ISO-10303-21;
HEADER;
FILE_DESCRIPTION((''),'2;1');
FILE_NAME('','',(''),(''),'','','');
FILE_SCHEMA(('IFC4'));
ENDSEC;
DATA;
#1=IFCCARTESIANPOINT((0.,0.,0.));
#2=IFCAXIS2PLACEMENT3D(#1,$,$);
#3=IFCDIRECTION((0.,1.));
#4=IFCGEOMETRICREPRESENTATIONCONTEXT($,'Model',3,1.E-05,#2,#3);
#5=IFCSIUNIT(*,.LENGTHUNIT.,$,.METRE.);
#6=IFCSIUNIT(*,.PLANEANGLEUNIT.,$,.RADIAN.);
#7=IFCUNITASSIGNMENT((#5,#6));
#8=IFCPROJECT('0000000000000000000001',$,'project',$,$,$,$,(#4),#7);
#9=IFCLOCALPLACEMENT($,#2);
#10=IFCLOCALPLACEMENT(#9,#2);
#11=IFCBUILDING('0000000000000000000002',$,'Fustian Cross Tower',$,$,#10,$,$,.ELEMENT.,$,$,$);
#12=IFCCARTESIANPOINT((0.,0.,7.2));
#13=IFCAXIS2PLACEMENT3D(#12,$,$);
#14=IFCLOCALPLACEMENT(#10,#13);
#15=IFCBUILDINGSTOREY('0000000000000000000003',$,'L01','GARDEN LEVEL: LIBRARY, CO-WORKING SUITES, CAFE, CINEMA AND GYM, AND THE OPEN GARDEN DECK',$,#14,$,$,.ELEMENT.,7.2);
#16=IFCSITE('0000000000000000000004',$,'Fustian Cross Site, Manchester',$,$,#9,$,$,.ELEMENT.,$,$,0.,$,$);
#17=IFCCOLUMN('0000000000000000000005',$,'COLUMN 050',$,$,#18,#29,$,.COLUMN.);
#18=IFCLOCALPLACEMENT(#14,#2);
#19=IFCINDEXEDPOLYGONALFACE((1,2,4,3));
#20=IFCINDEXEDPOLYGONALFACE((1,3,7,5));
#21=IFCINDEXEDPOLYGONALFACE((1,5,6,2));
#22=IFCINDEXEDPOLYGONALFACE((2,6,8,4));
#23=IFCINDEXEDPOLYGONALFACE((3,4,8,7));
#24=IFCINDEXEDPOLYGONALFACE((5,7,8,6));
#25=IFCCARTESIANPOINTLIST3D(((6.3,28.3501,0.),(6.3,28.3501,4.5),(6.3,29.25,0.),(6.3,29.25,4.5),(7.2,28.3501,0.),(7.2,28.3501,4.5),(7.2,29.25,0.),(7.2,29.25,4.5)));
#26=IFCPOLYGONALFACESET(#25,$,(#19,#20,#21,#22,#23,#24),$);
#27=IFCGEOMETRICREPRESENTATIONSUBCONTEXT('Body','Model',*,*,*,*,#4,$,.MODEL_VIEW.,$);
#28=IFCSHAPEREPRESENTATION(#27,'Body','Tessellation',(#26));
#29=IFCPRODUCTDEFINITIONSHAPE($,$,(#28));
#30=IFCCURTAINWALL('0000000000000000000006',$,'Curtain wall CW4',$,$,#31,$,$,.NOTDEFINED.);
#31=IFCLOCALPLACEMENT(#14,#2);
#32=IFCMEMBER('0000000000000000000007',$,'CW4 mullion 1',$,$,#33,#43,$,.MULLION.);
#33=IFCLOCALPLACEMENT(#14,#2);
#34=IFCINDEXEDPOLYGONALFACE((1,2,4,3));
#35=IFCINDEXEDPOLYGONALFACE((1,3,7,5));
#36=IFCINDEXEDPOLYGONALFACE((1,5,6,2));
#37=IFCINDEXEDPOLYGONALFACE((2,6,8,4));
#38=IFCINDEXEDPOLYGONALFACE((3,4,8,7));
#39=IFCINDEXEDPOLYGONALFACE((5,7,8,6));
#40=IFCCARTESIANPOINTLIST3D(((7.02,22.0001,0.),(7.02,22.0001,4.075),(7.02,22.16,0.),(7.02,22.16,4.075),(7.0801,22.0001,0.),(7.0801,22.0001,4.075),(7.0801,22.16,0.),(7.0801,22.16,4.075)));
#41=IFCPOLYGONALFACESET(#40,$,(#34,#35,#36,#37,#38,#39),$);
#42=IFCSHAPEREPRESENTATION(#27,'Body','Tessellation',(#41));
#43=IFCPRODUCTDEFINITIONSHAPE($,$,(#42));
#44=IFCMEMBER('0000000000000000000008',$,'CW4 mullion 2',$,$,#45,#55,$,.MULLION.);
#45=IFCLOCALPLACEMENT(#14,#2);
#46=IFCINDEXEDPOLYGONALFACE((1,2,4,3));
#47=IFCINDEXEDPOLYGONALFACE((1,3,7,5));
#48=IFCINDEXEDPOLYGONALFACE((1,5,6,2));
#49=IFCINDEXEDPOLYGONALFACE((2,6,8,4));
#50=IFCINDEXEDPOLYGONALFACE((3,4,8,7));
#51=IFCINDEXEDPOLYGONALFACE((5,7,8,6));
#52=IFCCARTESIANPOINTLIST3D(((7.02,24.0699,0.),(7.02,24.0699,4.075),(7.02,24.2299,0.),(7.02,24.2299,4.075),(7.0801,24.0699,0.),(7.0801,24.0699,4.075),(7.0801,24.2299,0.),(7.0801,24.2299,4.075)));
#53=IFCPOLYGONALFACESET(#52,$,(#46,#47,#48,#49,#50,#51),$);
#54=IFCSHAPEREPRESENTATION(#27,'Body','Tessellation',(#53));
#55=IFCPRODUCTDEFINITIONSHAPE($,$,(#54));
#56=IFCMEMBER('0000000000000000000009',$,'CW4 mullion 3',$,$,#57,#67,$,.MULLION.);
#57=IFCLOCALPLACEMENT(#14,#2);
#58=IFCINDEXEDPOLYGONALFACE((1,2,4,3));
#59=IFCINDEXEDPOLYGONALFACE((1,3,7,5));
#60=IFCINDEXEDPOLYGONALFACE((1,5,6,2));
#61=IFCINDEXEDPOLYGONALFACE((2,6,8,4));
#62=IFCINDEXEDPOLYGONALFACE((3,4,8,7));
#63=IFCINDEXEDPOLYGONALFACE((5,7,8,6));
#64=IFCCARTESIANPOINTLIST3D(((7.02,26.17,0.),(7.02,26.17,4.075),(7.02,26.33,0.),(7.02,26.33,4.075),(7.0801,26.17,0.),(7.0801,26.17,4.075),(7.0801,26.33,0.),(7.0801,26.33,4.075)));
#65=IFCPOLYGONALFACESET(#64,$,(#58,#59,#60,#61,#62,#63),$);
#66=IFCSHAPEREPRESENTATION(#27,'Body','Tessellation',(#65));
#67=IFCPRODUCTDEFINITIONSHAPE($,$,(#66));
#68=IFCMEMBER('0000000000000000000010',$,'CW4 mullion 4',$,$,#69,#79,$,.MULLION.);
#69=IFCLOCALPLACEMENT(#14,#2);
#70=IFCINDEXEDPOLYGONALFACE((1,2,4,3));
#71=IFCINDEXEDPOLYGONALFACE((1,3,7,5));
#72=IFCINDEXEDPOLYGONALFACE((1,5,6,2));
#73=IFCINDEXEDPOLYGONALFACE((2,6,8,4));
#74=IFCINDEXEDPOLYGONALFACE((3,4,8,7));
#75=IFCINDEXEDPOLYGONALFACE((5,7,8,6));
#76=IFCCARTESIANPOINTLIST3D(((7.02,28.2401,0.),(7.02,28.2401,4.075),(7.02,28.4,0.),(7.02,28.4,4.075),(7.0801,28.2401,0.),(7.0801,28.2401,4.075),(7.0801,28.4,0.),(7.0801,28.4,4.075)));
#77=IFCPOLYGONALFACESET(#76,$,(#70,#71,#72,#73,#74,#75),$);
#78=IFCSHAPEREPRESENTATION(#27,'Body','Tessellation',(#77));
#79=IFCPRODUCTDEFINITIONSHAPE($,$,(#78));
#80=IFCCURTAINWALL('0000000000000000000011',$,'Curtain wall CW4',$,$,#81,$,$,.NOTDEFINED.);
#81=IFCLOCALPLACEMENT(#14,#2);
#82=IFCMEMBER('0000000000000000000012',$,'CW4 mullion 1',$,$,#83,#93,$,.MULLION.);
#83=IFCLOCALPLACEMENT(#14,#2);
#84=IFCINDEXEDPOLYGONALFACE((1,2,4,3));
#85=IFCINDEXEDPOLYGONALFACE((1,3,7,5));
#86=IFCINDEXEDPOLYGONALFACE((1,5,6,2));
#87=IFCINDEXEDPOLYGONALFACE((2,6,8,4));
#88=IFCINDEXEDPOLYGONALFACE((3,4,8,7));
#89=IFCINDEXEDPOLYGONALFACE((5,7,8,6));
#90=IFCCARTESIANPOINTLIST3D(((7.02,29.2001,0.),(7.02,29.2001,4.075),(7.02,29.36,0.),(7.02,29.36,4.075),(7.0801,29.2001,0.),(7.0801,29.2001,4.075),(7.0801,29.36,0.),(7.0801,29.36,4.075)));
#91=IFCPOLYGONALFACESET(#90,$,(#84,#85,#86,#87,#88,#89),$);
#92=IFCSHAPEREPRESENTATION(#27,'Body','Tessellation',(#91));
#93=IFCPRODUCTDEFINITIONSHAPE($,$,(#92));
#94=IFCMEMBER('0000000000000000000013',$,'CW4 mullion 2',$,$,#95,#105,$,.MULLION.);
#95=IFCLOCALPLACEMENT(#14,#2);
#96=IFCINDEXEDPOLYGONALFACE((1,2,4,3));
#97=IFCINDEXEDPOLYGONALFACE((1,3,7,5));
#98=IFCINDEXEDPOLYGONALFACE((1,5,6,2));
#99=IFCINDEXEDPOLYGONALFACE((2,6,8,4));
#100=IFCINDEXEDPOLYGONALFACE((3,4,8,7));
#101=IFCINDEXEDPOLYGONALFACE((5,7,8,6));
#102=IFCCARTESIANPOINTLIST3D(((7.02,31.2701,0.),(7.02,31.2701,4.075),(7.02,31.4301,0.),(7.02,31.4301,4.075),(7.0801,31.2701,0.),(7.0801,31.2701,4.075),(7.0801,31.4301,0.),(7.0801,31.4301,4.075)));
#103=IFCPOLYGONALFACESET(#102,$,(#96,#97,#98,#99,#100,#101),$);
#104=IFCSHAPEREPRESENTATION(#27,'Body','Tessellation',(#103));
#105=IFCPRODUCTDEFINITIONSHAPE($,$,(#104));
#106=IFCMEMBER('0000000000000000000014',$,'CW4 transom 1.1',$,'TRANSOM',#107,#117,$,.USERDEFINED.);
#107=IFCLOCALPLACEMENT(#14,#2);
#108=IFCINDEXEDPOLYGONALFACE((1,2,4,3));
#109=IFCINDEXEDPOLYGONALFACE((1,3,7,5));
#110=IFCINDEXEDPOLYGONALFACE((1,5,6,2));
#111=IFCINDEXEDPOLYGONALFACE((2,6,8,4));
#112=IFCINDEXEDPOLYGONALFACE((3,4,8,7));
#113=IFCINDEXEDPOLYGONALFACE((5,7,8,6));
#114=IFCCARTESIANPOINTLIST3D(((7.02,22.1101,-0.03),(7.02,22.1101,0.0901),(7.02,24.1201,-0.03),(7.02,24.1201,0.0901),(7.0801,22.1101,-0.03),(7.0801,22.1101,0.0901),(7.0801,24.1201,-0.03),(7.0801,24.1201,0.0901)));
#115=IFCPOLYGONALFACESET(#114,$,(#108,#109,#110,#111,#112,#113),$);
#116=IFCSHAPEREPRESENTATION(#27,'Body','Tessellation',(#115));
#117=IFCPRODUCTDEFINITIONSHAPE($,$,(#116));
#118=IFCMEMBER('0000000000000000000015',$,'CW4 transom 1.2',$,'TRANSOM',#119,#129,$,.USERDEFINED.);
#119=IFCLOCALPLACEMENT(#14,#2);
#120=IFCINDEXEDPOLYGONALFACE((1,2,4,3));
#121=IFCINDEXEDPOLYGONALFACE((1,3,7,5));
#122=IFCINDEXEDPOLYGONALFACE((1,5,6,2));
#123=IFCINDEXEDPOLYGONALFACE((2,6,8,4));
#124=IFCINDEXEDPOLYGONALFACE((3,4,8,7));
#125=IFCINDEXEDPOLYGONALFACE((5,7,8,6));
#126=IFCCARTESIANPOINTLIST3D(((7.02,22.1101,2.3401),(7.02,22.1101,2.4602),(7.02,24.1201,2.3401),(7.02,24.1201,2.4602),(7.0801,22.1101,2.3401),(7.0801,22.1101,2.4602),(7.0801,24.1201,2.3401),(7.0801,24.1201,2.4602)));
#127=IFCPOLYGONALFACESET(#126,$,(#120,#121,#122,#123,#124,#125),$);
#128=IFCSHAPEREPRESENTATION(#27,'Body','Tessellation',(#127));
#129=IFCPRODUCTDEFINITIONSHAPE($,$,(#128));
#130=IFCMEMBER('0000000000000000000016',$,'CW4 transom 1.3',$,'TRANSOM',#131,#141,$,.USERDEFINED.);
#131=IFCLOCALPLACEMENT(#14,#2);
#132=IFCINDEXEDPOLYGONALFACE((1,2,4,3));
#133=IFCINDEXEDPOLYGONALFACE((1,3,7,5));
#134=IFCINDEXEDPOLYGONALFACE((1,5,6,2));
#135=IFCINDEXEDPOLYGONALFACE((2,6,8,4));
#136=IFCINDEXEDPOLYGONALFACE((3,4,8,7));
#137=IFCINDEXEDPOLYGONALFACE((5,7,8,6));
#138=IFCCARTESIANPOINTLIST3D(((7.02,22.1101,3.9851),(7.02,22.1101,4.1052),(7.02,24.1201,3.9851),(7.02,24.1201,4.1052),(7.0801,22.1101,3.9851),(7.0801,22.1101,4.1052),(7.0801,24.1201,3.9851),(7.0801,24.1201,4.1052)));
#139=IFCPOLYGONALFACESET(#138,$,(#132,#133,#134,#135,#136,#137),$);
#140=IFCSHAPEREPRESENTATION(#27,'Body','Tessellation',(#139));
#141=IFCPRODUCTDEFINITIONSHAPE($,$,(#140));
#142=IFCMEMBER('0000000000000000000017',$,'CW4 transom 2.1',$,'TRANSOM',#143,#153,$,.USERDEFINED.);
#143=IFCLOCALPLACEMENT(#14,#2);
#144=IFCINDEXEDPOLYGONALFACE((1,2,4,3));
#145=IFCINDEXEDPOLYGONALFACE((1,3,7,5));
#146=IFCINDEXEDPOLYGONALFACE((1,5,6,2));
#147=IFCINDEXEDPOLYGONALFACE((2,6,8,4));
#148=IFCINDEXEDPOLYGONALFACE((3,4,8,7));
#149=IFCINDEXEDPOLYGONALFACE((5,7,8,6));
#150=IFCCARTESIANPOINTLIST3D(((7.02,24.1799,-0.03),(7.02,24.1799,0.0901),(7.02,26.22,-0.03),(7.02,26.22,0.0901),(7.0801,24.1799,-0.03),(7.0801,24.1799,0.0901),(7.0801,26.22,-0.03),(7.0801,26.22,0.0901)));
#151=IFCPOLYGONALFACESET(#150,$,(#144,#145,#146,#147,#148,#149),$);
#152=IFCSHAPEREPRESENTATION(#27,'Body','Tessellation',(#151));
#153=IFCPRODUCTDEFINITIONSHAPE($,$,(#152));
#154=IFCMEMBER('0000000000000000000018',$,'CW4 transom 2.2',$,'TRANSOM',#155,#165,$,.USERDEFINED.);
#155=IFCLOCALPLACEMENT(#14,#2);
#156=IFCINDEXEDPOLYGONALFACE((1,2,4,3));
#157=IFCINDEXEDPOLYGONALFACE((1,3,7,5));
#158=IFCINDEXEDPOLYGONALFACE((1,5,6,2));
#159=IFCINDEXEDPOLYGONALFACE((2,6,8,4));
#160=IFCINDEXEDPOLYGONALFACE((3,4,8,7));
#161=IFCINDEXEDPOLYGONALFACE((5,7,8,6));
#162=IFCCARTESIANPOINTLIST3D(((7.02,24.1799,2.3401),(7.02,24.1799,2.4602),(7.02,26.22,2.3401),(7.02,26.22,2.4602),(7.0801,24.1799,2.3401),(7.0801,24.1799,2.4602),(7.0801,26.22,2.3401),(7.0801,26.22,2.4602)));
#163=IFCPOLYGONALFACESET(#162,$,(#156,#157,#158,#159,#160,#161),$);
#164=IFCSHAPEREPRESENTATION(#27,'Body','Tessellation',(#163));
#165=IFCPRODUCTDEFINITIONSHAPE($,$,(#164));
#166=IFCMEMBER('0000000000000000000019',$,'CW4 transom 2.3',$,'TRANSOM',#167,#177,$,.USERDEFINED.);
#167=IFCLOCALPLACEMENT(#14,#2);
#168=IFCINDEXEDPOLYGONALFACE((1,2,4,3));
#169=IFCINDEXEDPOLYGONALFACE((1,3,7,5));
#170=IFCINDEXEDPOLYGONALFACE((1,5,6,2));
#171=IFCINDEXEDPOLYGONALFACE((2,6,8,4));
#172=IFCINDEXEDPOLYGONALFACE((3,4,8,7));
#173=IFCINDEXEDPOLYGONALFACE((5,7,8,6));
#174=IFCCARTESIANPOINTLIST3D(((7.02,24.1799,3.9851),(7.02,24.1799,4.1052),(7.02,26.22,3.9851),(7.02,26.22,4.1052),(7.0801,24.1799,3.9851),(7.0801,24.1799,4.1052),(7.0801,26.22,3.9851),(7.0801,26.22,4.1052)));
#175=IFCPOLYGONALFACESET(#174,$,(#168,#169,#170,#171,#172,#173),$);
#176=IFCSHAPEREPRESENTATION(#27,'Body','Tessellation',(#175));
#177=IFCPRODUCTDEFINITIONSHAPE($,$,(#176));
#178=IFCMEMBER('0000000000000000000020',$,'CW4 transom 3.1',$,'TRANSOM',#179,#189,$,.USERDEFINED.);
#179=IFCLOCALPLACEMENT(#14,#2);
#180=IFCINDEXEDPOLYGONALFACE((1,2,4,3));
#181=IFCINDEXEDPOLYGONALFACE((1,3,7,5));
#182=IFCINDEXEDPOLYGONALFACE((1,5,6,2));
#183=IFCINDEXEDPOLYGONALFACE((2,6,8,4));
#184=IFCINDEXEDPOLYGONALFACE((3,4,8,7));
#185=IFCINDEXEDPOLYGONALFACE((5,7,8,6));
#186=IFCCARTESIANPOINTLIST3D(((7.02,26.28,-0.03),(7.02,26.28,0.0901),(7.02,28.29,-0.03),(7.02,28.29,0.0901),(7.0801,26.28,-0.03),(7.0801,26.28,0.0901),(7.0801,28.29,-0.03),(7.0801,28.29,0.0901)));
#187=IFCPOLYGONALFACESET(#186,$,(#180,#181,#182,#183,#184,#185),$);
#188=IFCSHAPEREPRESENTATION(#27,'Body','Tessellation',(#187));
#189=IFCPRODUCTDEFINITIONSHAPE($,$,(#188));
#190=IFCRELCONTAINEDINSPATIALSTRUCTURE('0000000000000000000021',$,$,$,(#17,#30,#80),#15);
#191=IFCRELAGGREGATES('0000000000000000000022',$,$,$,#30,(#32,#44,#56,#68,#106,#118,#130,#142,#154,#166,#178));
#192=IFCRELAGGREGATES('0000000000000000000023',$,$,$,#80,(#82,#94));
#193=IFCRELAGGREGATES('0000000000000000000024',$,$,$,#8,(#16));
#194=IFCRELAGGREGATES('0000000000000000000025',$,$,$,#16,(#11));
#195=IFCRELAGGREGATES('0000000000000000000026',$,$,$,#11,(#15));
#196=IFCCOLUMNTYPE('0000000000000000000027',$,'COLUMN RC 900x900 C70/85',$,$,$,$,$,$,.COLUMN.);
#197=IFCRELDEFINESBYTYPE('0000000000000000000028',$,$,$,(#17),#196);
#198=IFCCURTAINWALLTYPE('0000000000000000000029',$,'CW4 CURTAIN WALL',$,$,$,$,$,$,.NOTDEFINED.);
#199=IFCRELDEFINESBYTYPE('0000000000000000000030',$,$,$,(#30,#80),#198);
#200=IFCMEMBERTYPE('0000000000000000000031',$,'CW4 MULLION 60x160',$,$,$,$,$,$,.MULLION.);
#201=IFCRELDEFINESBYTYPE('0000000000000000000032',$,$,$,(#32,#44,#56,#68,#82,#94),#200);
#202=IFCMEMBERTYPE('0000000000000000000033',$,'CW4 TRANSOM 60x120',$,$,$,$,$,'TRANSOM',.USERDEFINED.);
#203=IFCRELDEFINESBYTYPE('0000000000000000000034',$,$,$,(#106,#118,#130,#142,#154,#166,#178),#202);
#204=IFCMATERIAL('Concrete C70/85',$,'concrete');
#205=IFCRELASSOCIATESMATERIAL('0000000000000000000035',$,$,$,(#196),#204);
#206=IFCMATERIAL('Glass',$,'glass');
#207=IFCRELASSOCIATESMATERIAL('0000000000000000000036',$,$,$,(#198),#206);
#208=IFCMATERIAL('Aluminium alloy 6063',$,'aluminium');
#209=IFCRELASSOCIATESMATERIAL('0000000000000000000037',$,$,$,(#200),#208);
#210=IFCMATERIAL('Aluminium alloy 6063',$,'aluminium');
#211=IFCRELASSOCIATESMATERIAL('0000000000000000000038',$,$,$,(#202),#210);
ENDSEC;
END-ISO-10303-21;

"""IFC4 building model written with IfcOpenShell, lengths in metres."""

from ifc_helpers import new_model, si_unit, direction, frame, origin, origin_2d, place, context, subcontext, project, spatial, rectangle, extrude, material, material_profile, profile_set, type_object, element, aggregate, save


model = new_model("IFC4")

# Units and contexts
model_context = context("Model", 3, precision=1e-05, world=origin(), true_north=direction((0.0, 1.0)))
body_context = subcontext(model_context, "Body", "Model", "MODEL_VIEW")
ifc_project = project(units=[si_unit("LENGTHUNIT", "METRE"), si_unit("PLANEANGLEUNIT", "RADIAN")], contexts=[model_context])

# Site, building, storey
site_placement = place(None, origin())
site = spatial("IfcSite", under=ifc_project, at=site_placement, Name="Fustian Cross Site, Manchester", CompositionType="ELEMENT", RefElevation=0.0)
building_placement = place(site_placement, origin())
building = spatial("IfcBuilding", under=site, at=building_placement, Name="Fustian Cross Tower", CompositionType="ELEMENT")
storey_placement = place(building_placement, frame((0.0, 0.0, 7.2)))
storey = spatial("IfcBuildingStorey", under=building, at=storey_placement, Name="L01", Description="GARDEN LEVEL: LIBRARY, CO-WORKING SUITES, CAFE, CINEMA AND GYM, AND THE OPEN GARDEN DECK", CompositionType="ELEMENT", Elevation=7.2)

# Column
ifc_material_1 = material(Name="Concrete C70/85", Category="concrete")
ifc_material_profile_1 = material_profile(ifc_material_1, rectangle(XDim=0.8999, YDim=0.8999, at=origin_2d()), Name="RC 900x900")
ifc_profile_set_1 = profile_set([ifc_material_profile_1], Name="Concrete C70/85")
column_type = type_object("IfcColumnType", Name="COLUMN RC 900x900 C70/85", PredefinedType="COLUMN", material=ifc_profile_set_1)
column_placement = place(storey_placement, frame((6.75, 28.8, 0.0), z_axis=(0.0, 0.0, 1.0), x_axis=(1.0, 0.0, 0.0)))
element("IfcColumn", 1, at=column_placement, inside=storey, type_object=column_type, Name="COLUMN 050", PredefinedType="COLUMN", context=body_context, shape_type="SweptSolid", body=[
    extrude(rectangle(XDim=0.8999, YDim=0.8999, at=origin_2d()), origin(), (0.0, 0.0, 1.0), 4.5),
])

# Curtain walls, members
ifc_material_2 = material(Name="Glass", Category="glass")
curtain_wall_type = type_object("IfcCurtainWallType", Name="CW4 CURTAIN WALL", PredefinedType="NOTDEFINED", material=ifc_material_2)
curtain_wall_1_placement = place(storey_placement, origin())
curtain_wall_1 = element("IfcCurtainWall", 2, at=curtain_wall_1_placement, inside=storey, type_object=curtain_wall_type, Name="Curtain wall CW4", PredefinedType="NOTDEFINED")
ifc_material_3 = material(Name="Aluminium alloy 6063", Category="aluminium")
ifc_material_profile_2 = material_profile(ifc_material_3, rectangle(XDim=0.0601, YDim=0.1599, at=origin_2d()), Name="CW4 MULLION 60x160")
ifc_profile_set_2 = profile_set([ifc_material_profile_2], Name="Aluminium alloy 6063")
member_type_1 = type_object("IfcMemberType", Name="CW4 MULLION 60x160", PredefinedType="MULLION", material=ifc_profile_set_2)
member_1_placement = place(storey_placement, frame((7.05, 22.0801, 0.0), z_axis=(0.0, 0.0, 1.0), x_axis=(-1.0, 0.0, 0.0)))
member_1 = element("IfcMember", 3, at=member_1_placement, type_object=member_type_1, Name="CW4 mullion 1", PredefinedType="MULLION", context=body_context, shape_type="SweptSolid", body=[
    extrude(rectangle(XDim=0.0601, YDim=0.1599, at=origin_2d()), origin(), (0.0, 0.0, 1.0), 4.075),
])
member_2_placement = place(storey_placement, frame((7.05, 24.1499, 0.0), z_axis=(0.0, 0.0, 1.0), x_axis=(-1.0, 0.0, 0.0)))
member_2 = element("IfcMember", 4, at=member_2_placement, type_object=member_type_1, Name="CW4 mullion 2", PredefinedType="MULLION", context=body_context, shape_type="SweptSolid", body=[
    extrude(rectangle(XDim=0.0601, YDim=0.1599, at=origin_2d()), origin(), (0.0, 0.0, 1.0), 4.075),
])
member_3_placement = place(storey_placement, frame((7.05, 26.25, 0.0), z_axis=(0.0, 0.0, 1.0), x_axis=(-1.0, 0.0, 0.0)))
member_3 = element("IfcMember", 5, at=member_3_placement, type_object=member_type_1, Name="CW4 mullion 3", PredefinedType="MULLION", context=body_context, shape_type="SweptSolid", body=[
    extrude(rectangle(XDim=0.0601, YDim=0.1599, at=origin_2d()), origin(), (0.0, 0.0, 1.0), 4.075),
])
member_4_placement = place(storey_placement, frame((7.05, 28.3201, 0.0), z_axis=(0.0, 0.0, 1.0), x_axis=(-1.0, 0.0, 0.0)))
member_4 = element("IfcMember", 6, at=member_4_placement, type_object=member_type_1, Name="CW4 mullion 4", PredefinedType="MULLION", context=body_context, shape_type="SweptSolid", body=[
    extrude(rectangle(XDim=0.0601, YDim=0.1599, at=origin_2d()), origin(), (0.0, 0.0, 1.0), 4.075),
])
curtain_wall_2_placement = place(storey_placement, origin())
curtain_wall_2 = element("IfcCurtainWall", 7, at=curtain_wall_2_placement, inside=storey, type_object=curtain_wall_type, Name="Curtain wall CW4", PredefinedType="NOTDEFINED")
member_5_placement = place(storey_placement, frame((7.05, 29.28, 0.0), z_axis=(0.0, 0.0, 1.0), x_axis=(-1.0, 0.0, 0.0)))
member_5 = element("IfcMember", 8, at=member_5_placement, type_object=member_type_1, Name="CW4 mullion 1", PredefinedType="MULLION", context=body_context, shape_type="SweptSolid", body=[
    extrude(rectangle(XDim=0.0601, YDim=0.1599, at=origin_2d()), origin(), (0.0, 0.0, 1.0), 4.075),
])
member_6_placement = place(storey_placement, frame((7.05, 31.3501, 0.0), z_axis=(0.0, 0.0, 1.0), x_axis=(-1.0, 0.0, 0.0)))
member_6 = element("IfcMember", 9, at=member_6_placement, type_object=member_type_1, Name="CW4 mullion 2", PredefinedType="MULLION", context=body_context, shape_type="SweptSolid", body=[
    extrude(rectangle(XDim=0.0601, YDim=0.1599, at=origin_2d()), origin(), (0.0, 0.0, 1.0), 4.075),
])

# Members
ifc_material_4 = material(Name="Aluminium alloy 6063", Category="aluminium")
ifc_material_profile_3 = material_profile(ifc_material_4, rectangle(XDim=0.0601, YDim=0.1201, at=origin_2d()), Name="CW4 TRANSOM 60x120")
ifc_profile_set_3 = profile_set([ifc_material_profile_3], Name="Aluminium alloy 6063")
member_type_2 = type_object("IfcMemberType", Name="CW4 TRANSOM 60x120", ElementType="TRANSOM", PredefinedType="USERDEFINED", material=ifc_profile_set_3)
member_7_placement = place(storey_placement, frame((7.05, 22.1101, 0.03), z_axis=(0.0, 1.0, 0.0), x_axis=(-1.0, 0.0, 0.0)))
member_7 = element("IfcMember", 10, at=member_7_placement, type_object=member_type_2, Name="CW4 transom 1.1", ObjectType="TRANSOM", PredefinedType="USERDEFINED", context=body_context, shape_type="SweptSolid", body=[
    extrude(rectangle(XDim=0.0601, YDim=0.1201, at=origin_2d()), origin(), (0.0, 0.0, 1.0), 2.01),
])
member_8_placement = place(storey_placement, frame((7.05, 22.1101, 2.4001), z_axis=(0.0, 1.0, 0.0), x_axis=(-1.0, 0.0, 0.0)))
member_8 = element("IfcMember", 11, at=member_8_placement, type_object=member_type_2, Name="CW4 transom 1.2", ObjectType="TRANSOM", PredefinedType="USERDEFINED", context=body_context, shape_type="SweptSolid", body=[
    extrude(rectangle(XDim=0.0601, YDim=0.1201, at=origin_2d()), origin(), (0.0, 0.0, 1.0), 2.01),
])
member_9_placement = place(storey_placement, frame((7.05, 22.1101, 4.0452), z_axis=(0.0, 1.0, 0.0), x_axis=(-1.0, 0.0, 0.0)))
member_9 = element("IfcMember", 12, at=member_9_placement, type_object=member_type_2, Name="CW4 transom 1.3", ObjectType="TRANSOM", PredefinedType="USERDEFINED", context=body_context, shape_type="SweptSolid", body=[
    extrude(rectangle(XDim=0.0601, YDim=0.1201, at=origin_2d()), origin(), (0.0, 0.0, 1.0), 2.01),
])
member_10_placement = place(storey_placement, frame((7.05, 24.1799, 0.03), z_axis=(0.0, 1.0, 0.0), x_axis=(-1.0, 0.0, 0.0)))
member_10 = element("IfcMember", 13, at=member_10_placement, type_object=member_type_2, Name="CW4 transom 2.1", ObjectType="TRANSOM", PredefinedType="USERDEFINED", context=body_context, shape_type="SweptSolid", body=[
    extrude(rectangle(XDim=0.0601, YDim=0.1201, at=origin_2d()), origin(), (0.0, 0.0, 1.0), 2.04),
])
member_11_placement = place(storey_placement, frame((7.05, 24.1799, 2.4001), z_axis=(0.0, 1.0, 0.0), x_axis=(-1.0, 0.0, 0.0)))
member_11 = element("IfcMember", 14, at=member_11_placement, type_object=member_type_2, Name="CW4 transom 2.2", ObjectType="TRANSOM", PredefinedType="USERDEFINED", context=body_context, shape_type="SweptSolid", body=[
    extrude(rectangle(XDim=0.0601, YDim=0.1201, at=origin_2d()), origin(), (0.0, 0.0, 1.0), 2.04),
])
member_12_placement = place(storey_placement, frame((7.05, 24.1799, 4.0452), z_axis=(0.0, 1.0, 0.0), x_axis=(-1.0, 0.0, 0.0)))
member_12 = element("IfcMember", 15, at=member_12_placement, type_object=member_type_2, Name="CW4 transom 2.3", ObjectType="TRANSOM", PredefinedType="USERDEFINED", context=body_context, shape_type="SweptSolid", body=[
    extrude(rectangle(XDim=0.0601, YDim=0.1201, at=origin_2d()), origin(), (0.0, 0.0, 1.0), 2.04),
])
member_13_placement = place(storey_placement, frame((7.05, 26.28, 0.03), z_axis=(0.0, 1.0, 0.0), x_axis=(-1.0, 0.0, 0.0)))
member_13 = element("IfcMember", 16, at=member_13_placement, type_object=member_type_2, Name="CW4 transom 3.1", ObjectType="TRANSOM", PredefinedType="USERDEFINED", context=body_context, shape_type="SweptSolid", body=[
    extrude(rectangle(XDim=0.0601, YDim=0.1201, at=origin_2d()), origin(), (0.0, 0.0, 1.0), 2.01),
])

aggregate(curtain_wall_1, [member_1, member_2, member_3, member_4, member_7, member_8, member_9, member_10, member_11, member_12, member_13])
aggregate(curtain_wall_2, [member_5, member_6])

save(model, "model.ifc")
